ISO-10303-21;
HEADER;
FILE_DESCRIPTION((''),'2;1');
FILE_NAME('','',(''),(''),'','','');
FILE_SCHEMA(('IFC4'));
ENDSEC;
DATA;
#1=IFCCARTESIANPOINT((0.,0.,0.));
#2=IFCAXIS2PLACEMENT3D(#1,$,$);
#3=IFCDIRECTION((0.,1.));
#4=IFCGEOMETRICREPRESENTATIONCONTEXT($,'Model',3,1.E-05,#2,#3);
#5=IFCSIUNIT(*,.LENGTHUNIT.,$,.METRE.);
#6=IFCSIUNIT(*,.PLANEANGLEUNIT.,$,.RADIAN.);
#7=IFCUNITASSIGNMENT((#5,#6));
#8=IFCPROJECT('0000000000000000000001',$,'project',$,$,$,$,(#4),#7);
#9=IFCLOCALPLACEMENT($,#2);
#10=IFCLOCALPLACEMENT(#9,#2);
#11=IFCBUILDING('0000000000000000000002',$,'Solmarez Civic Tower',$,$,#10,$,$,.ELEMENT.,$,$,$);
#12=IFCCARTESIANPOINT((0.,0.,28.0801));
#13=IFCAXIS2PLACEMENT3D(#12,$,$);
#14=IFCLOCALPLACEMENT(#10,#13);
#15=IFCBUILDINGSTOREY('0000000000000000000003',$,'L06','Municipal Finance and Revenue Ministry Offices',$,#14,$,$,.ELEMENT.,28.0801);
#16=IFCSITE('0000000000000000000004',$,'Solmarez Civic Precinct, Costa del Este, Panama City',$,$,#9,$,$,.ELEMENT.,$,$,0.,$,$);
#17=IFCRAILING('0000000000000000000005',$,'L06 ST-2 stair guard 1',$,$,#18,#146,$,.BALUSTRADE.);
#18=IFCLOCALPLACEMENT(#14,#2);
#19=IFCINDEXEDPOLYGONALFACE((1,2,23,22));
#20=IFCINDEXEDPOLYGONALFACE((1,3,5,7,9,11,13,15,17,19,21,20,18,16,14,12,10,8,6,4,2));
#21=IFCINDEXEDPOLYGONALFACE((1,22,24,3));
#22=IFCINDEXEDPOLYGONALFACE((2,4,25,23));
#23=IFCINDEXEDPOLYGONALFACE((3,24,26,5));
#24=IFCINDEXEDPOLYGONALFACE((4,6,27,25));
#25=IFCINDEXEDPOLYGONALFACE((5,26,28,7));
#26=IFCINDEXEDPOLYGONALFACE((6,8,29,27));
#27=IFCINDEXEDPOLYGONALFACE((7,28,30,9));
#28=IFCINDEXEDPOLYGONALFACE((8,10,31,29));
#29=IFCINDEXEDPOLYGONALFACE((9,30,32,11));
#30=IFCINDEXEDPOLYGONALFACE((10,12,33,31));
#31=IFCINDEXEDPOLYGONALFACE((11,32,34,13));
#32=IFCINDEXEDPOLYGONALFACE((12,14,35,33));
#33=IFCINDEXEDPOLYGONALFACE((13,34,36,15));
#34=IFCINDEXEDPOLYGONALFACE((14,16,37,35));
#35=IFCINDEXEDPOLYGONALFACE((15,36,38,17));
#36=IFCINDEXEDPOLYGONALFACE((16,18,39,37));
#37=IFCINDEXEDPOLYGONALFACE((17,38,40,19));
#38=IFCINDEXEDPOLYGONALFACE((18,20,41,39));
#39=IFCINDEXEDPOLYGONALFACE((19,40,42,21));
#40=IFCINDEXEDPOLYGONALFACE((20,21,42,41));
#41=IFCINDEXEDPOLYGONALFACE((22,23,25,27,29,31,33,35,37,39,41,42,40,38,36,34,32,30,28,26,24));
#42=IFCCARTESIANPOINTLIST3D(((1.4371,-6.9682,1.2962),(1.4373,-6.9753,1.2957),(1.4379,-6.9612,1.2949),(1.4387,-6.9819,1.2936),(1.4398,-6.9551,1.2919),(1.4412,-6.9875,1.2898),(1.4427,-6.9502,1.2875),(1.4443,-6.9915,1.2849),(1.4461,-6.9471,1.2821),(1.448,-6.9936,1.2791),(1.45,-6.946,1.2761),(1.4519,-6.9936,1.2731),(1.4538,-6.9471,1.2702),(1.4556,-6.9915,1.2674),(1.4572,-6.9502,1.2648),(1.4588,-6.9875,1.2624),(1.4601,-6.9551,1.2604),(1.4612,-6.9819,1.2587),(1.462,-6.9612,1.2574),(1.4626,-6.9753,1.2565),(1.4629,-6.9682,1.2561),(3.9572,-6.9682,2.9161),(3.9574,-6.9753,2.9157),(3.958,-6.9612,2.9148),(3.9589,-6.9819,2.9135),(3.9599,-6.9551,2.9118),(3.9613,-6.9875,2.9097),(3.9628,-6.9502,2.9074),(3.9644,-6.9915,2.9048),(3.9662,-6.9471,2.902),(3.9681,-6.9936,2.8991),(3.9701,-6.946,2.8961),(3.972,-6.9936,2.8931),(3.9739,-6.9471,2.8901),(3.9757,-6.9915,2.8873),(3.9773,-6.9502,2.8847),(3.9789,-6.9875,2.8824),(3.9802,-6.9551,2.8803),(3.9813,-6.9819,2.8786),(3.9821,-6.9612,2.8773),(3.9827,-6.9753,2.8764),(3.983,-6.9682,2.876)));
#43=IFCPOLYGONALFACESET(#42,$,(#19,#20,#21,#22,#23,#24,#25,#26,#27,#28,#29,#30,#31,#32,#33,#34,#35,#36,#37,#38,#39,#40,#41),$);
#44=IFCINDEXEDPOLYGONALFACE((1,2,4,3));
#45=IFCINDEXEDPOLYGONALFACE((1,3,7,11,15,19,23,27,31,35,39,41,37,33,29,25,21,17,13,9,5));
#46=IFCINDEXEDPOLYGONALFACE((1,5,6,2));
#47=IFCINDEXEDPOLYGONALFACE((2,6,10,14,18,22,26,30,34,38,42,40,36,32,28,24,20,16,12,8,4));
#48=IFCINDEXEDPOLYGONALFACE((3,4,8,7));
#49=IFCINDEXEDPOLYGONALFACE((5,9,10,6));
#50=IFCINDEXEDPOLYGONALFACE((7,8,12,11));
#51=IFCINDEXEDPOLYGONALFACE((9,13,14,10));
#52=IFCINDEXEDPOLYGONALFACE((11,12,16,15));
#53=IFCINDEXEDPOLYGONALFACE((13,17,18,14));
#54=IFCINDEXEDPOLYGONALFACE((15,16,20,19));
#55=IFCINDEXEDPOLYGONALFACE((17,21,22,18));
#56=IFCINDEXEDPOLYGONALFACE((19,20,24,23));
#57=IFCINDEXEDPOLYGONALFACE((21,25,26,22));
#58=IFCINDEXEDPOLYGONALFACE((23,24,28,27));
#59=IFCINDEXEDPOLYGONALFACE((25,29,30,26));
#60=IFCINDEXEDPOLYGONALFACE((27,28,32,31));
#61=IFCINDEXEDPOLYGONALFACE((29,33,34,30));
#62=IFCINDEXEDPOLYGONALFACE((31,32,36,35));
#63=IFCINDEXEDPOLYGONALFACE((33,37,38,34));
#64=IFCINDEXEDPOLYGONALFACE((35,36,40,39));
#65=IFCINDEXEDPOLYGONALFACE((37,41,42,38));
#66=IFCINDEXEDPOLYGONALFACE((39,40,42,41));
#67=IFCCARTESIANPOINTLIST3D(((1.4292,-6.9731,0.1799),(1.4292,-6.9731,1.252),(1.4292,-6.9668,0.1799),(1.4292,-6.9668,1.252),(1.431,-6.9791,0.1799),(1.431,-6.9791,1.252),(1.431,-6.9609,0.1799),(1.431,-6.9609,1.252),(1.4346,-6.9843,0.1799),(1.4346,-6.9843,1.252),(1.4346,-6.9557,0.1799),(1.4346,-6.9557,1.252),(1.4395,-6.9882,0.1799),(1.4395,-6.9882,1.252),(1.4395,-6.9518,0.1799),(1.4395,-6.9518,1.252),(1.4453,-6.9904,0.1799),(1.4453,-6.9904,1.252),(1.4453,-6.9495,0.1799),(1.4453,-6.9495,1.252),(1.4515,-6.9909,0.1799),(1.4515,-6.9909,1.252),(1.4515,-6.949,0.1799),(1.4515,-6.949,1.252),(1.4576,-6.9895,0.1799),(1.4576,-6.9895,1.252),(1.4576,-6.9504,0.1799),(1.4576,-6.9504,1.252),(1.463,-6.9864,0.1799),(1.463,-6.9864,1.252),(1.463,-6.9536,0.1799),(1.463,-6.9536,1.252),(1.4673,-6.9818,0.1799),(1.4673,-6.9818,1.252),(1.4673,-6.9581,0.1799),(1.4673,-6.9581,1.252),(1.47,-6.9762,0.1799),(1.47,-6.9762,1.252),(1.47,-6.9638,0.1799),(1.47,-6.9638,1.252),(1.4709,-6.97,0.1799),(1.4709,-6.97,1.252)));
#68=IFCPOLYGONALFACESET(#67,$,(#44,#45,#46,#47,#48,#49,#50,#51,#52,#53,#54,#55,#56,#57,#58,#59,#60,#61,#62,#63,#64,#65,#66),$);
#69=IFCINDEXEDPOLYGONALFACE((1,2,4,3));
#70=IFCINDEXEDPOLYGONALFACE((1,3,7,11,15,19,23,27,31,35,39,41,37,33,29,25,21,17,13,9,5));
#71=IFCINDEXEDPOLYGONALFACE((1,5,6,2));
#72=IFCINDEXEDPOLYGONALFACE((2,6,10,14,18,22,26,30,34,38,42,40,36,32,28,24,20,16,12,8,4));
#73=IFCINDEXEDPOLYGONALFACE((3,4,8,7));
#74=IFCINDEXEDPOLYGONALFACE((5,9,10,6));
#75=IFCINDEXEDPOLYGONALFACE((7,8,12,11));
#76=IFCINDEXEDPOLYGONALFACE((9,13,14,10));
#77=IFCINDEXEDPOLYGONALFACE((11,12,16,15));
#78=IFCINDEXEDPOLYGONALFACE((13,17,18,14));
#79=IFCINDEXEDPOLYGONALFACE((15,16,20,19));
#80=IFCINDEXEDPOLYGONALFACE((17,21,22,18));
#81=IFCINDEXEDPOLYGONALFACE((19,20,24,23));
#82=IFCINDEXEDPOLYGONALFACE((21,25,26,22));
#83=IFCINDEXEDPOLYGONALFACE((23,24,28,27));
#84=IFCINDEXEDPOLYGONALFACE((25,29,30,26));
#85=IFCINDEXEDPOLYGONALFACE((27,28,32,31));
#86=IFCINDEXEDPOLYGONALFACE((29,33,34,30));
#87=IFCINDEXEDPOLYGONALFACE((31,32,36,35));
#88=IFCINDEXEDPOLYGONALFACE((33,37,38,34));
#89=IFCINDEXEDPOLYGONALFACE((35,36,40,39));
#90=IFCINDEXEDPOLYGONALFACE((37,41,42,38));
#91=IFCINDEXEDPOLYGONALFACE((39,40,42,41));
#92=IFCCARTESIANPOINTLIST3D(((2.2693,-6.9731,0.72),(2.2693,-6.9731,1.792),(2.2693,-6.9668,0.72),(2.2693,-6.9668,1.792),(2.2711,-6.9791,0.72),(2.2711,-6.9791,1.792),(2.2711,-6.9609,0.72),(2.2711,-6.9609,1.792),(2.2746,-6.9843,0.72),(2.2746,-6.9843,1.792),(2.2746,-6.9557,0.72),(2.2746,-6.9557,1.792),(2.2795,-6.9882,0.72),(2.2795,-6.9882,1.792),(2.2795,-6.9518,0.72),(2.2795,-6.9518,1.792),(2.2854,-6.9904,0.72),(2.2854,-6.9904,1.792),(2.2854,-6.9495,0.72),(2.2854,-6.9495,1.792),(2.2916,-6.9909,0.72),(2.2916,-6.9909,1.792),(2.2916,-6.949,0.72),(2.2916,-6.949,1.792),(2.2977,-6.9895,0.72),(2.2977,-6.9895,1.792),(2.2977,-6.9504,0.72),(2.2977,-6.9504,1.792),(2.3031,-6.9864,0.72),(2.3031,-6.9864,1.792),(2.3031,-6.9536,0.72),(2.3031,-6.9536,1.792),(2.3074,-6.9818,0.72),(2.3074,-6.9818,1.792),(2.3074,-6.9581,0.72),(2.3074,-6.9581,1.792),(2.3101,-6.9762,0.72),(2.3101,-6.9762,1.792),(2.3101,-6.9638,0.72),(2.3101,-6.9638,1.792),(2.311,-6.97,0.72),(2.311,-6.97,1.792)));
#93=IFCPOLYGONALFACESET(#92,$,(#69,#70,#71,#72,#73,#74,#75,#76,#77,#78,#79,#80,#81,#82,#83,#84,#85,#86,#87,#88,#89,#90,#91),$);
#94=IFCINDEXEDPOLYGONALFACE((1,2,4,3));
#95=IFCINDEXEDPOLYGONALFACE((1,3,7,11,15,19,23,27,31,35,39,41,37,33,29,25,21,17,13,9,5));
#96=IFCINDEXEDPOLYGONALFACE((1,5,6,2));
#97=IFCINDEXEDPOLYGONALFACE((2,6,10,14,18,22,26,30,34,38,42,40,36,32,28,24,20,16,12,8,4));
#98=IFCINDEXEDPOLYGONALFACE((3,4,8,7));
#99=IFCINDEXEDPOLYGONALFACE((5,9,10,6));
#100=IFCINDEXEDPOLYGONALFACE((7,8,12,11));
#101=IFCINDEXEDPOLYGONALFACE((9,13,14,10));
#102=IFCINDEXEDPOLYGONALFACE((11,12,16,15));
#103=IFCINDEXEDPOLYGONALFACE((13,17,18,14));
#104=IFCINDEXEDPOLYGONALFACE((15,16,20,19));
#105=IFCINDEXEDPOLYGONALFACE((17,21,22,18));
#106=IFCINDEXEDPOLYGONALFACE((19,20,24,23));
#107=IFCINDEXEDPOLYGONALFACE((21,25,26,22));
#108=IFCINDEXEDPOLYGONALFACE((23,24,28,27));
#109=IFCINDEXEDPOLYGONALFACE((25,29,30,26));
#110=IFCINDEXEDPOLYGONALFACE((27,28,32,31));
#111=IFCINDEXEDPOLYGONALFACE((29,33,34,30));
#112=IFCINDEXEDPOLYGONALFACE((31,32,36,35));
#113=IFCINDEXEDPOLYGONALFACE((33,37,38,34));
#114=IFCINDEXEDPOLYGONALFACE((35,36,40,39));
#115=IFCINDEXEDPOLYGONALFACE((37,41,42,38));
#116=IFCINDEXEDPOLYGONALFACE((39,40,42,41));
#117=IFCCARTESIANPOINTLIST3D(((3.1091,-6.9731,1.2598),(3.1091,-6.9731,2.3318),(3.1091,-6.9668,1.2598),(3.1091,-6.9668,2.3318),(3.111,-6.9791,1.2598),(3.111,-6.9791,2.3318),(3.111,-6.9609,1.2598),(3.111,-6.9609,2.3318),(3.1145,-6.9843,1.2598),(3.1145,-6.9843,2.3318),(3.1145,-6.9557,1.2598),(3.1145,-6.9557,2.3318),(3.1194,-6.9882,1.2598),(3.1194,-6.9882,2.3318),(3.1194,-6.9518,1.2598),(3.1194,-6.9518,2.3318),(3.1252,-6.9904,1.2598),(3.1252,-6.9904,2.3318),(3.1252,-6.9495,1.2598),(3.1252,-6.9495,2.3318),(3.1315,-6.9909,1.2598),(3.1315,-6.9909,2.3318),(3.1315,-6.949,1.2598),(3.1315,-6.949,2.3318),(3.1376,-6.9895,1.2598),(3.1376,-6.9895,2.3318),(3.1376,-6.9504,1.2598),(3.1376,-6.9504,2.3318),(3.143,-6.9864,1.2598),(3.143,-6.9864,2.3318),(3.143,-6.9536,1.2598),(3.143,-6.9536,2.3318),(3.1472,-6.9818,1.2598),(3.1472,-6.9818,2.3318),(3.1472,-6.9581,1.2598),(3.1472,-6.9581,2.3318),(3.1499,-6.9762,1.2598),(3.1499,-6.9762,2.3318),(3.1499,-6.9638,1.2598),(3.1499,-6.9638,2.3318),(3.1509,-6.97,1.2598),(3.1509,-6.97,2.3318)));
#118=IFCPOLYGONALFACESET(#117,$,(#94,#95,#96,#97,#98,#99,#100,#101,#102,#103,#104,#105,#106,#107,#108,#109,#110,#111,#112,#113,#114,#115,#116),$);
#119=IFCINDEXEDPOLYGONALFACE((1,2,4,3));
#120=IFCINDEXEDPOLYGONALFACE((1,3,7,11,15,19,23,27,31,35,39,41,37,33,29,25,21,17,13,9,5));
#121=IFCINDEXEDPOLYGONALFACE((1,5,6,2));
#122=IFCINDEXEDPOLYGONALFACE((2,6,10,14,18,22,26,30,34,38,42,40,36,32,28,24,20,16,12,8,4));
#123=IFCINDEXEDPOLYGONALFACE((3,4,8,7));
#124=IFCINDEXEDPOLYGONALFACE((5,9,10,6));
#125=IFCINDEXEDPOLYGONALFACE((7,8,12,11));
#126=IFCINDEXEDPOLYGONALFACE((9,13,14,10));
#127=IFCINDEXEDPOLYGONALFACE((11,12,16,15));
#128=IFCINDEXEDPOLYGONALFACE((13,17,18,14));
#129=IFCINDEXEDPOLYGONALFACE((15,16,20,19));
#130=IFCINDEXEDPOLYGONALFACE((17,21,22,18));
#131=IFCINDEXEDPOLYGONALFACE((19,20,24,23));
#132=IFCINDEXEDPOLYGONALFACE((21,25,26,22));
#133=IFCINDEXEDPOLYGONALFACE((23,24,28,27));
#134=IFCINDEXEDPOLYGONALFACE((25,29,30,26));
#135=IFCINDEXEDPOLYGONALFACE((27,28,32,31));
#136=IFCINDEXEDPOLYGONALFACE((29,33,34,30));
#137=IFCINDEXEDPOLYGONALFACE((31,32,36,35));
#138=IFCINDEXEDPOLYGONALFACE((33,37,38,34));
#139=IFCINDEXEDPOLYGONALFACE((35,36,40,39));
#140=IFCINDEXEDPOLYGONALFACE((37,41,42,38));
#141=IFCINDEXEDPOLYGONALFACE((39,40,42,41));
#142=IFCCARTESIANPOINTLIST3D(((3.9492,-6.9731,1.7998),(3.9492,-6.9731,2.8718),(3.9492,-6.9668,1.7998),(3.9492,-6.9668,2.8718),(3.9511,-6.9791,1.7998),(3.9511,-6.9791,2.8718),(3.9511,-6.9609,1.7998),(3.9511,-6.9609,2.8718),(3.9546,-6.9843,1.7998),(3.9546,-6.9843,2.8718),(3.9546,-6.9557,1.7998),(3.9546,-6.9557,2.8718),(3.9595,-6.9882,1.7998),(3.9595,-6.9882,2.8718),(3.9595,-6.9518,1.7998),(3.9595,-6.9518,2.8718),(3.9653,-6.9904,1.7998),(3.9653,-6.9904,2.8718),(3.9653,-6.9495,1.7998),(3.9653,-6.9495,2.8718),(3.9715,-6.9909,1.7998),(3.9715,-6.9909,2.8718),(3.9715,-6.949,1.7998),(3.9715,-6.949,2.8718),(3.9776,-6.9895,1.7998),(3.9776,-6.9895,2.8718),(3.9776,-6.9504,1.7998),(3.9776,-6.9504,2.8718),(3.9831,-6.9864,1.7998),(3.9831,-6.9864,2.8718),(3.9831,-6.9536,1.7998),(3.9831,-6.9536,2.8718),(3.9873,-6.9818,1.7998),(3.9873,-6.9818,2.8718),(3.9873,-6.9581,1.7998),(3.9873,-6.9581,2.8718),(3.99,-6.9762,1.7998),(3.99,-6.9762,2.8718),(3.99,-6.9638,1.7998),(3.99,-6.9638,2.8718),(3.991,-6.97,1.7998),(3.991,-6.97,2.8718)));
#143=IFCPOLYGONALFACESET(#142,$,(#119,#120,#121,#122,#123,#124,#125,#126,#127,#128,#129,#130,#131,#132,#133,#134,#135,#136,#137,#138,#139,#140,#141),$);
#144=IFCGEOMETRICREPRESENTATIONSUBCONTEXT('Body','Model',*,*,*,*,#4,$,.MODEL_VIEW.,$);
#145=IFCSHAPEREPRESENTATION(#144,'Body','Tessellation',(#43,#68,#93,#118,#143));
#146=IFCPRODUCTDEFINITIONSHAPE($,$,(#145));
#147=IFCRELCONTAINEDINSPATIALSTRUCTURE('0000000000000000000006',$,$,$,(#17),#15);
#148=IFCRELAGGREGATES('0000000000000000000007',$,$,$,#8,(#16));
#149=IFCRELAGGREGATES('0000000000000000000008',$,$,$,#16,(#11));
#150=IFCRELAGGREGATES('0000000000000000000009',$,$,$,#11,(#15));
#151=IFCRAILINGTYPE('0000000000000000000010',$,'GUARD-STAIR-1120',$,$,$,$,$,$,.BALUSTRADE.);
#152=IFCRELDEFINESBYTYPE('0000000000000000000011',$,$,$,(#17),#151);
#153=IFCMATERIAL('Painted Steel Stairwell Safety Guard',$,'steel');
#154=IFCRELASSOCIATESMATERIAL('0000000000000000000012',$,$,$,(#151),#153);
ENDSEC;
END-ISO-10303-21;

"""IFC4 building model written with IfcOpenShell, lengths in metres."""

from ifc_helpers import new_model, si_unit, direction, frame, origin, origin_2d, place, context, subcontext, project, spatial, circle, extrude, material, type_object, element, save


model = new_model("IFC4")

# Units and contexts
model_context = context("Model", 3, precision=1e-05, world=origin(), true_north=direction((0.0, 1.0)))
body_context = subcontext(model_context, "Body", "Model", "MODEL_VIEW")
ifc_project = project(units=[si_unit("LENGTHUNIT", "METRE"), si_unit("PLANEANGLEUNIT", "RADIAN")], contexts=[model_context])

# Site, building, storey
site_placement = place(None, origin())
site = spatial("IfcSite", under=ifc_project, at=site_placement, Name="Solmarez Civic Precinct, Costa del Este, Panama City", CompositionType="ELEMENT", RefElevation=0.0)
building_placement = place(site_placement, origin())
building = spatial("IfcBuilding", under=site, at=building_placement, Name="Solmarez Civic Tower", CompositionType="ELEMENT")
storey_placement = place(building_placement, frame((0.0, 0.0, 28.0801)))
storey = spatial("IfcBuildingStorey", under=building, at=storey_placement, Name="L06", Description="Municipal Finance and Revenue Ministry Offices", CompositionType="ELEMENT", Elevation=28.0801)

# Railing
ifc_material_1 = material(Name="Painted Steel Stairwell Safety Guard", Category="steel")
railing_type_1 = type_object("IfcRailingType", Name="GUARD-STAIR-1120", PredefinedType="BALUSTRADE", material=ifc_material_1)
railing_1_placement = place(storey_placement, frame((1.45, -6.97, 0.1799)))
element("IfcRailing", 1, at=railing_1_placement, inside=storey, type_object=railing_type_1, Name="L06 ST-2 stair guard 1", PredefinedType="BALUSTRADE", context=body_context, shape_type="SweptSolid", body=[
    extrude(circle(Radius=0.0239, at=origin_2d()), frame((0.0, 0.0, 1.0962), z_axis=(0.8412, 0.0, 0.540725), x_axis=(0.0, 1.0, 0.0)), (0.0, 0.0, 1.0), 2.9958),
    extrude(circle(Radius=0.021, at=origin_2d()), origin(), (0.0, 0.0, 1.0), 1.072),
    extrude(circle(Radius=0.021, at=origin_2d()), frame((0.8401, 0.0, 0.54)), (0.0, 0.0, 1.0), 1.072),
    extrude(circle(Radius=0.021, at=origin_2d()), frame((1.6799, 0.0, 1.0798)), (0.0, 0.0, 1.0), 1.072),
    extrude(circle(Radius=0.021, at=origin_2d()), frame((2.52, 0.0, 1.6199)), (0.0, 0.0, 1.0), 1.072),
])

save(model, "model.ifc")
